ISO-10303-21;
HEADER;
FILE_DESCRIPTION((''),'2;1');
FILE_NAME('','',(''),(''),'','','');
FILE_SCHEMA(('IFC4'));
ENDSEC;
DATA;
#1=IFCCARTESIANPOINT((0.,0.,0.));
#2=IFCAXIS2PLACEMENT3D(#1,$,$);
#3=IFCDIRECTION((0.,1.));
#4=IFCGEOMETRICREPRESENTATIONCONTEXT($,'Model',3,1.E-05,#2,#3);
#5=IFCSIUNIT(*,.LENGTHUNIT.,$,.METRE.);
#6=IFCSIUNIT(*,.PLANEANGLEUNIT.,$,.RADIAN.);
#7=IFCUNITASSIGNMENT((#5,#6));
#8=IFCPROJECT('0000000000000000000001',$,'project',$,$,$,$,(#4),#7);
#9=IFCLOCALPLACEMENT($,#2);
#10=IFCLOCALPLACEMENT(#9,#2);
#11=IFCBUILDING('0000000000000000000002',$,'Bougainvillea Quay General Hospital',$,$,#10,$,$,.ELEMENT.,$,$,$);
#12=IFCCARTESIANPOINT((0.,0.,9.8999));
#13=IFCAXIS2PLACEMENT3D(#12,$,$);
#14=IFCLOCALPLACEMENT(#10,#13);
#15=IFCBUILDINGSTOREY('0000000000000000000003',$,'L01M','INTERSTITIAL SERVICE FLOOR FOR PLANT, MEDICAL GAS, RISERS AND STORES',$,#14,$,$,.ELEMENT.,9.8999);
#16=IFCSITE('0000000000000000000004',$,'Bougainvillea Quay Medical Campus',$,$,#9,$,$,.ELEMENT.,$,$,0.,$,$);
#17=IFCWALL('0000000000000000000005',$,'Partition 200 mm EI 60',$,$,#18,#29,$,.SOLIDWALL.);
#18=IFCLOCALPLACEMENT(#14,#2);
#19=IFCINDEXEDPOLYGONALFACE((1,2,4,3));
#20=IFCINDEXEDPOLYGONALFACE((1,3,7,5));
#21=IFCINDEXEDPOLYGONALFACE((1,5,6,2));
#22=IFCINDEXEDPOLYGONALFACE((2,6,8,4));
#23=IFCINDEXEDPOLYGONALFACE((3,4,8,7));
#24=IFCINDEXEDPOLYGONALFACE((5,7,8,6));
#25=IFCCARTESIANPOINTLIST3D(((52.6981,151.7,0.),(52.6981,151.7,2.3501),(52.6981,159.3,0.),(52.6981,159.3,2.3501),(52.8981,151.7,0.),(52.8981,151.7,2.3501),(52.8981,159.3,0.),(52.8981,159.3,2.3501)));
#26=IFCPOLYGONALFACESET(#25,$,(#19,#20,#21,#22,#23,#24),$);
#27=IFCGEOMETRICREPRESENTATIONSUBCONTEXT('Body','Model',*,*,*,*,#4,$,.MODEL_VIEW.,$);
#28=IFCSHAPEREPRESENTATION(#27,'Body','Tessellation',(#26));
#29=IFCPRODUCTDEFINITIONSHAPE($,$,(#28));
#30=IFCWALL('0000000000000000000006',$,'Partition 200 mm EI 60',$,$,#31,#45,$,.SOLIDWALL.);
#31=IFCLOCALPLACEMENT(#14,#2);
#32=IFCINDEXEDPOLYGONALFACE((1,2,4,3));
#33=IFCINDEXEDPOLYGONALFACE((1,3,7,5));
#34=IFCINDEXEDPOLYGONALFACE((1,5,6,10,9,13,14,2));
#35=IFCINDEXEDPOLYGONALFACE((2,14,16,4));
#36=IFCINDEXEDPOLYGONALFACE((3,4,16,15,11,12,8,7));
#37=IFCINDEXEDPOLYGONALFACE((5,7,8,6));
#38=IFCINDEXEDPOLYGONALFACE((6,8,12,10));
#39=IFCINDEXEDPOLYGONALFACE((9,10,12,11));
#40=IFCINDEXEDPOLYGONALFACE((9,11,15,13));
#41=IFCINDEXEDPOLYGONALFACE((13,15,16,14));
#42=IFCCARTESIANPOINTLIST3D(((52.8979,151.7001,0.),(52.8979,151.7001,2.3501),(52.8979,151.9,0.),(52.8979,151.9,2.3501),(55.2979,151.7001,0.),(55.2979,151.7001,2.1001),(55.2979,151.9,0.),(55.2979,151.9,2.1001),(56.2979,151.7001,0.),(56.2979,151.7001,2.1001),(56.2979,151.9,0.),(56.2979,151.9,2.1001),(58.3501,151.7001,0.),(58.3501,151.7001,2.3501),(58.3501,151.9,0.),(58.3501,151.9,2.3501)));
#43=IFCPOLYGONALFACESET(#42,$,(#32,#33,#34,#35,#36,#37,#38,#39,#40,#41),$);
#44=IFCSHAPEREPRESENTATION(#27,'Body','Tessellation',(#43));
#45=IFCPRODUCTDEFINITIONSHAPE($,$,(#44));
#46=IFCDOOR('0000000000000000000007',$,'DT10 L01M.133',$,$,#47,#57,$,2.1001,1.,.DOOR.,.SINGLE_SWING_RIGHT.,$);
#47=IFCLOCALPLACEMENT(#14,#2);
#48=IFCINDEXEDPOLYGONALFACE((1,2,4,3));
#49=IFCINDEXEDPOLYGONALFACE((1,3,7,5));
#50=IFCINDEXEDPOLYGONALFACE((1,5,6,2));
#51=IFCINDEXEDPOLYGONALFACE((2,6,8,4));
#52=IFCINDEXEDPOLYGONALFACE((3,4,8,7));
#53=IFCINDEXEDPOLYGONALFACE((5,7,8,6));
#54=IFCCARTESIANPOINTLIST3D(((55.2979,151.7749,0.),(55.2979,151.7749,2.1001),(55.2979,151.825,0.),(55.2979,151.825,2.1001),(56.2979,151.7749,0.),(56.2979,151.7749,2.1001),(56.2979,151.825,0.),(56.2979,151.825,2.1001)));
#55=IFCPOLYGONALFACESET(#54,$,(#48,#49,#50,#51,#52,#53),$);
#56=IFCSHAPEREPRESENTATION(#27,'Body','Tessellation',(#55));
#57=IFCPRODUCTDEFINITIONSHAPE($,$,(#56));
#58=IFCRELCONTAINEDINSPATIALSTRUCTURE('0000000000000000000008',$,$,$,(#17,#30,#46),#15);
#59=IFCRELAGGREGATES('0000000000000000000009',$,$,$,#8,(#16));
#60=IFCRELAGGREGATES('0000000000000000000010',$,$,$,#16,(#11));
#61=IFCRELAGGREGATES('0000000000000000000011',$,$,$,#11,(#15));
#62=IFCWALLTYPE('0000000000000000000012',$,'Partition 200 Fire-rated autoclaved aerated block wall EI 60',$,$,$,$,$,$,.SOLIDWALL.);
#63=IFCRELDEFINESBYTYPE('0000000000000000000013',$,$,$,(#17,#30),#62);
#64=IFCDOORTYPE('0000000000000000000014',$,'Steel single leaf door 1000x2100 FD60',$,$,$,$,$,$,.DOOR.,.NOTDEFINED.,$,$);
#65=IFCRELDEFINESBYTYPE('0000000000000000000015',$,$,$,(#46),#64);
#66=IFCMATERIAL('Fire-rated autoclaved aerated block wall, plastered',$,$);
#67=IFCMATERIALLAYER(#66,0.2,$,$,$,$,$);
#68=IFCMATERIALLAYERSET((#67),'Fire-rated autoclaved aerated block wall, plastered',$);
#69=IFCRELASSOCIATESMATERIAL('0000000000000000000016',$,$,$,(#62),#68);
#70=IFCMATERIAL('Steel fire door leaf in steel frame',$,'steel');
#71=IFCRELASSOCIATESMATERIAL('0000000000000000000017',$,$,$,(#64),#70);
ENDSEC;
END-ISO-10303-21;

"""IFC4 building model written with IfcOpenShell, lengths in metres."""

from ifc_helpers import new_model, si_unit, direction, frame, frame_2d, origin, place, context, subcontext, project, spatial, rectangle, extrude, material, layer, layer_set, type_object, element, fill, save


model = new_model("IFC4")

# Units and contexts
model_context = context("Model", 3, precision=1e-05, world=origin(), true_north=direction((0.0, 1.0)))
body_context = subcontext(model_context, "Body", "Model", "MODEL_VIEW")
ifc_project = project(units=[si_unit("LENGTHUNIT", "METRE"), si_unit("PLANEANGLEUNIT", "RADIAN")], contexts=[model_context])

# Site, building, storey
site_placement = place(None, origin())
site = spatial("IfcSite", under=ifc_project, at=site_placement, Name="Bougainvillea Quay Medical Campus", CompositionType="ELEMENT", RefElevation=0.0)
building_placement = place(site_placement, origin())
building = spatial("IfcBuilding", under=site, at=building_placement, Name="Bougainvillea Quay General Hospital", CompositionType="ELEMENT")
storey_placement = place(building_placement, frame((0.0, 0.0, 9.8999)))
storey = spatial("IfcBuildingStorey", under=building, at=storey_placement, Name="L01M", Description="INTERSTITIAL SERVICE FLOOR FOR PLANT, MEDICAL GAS, RISERS AND STORES", CompositionType="ELEMENT", Elevation=9.8999)

# Shared definitions
ifc_material_1 = material(Name="Fire-rated autoclaved aerated block wall, plastered")
ifc_material_2 = material(Name="Steel fire door leaf in steel frame", Category="steel")

# Wall
ifc_layer_1 = layer(ifc_material_1, 0.2)
ifc_layer_set_1 = layer_set([ifc_layer_1], Name="Fire-rated autoclaved aerated block wall, plastered")
wall_type_1 = type_object("IfcWallType", Name="Partition 200 Fire-rated autoclaved aerated block wall EI 60", PredefinedType="SOLIDWALL", material=ifc_layer_set_1)
wall_1_placement = place(storey_placement, frame((52.7981, 151.7, 0.0), z_axis=(0.0, 0.0, 1.0), x_axis=(0.0, 1.0, 0.0)))
element("IfcWall", 1, at=wall_1_placement, inside=storey, type_object=wall_type_1, Name="Partition 200 mm EI 60", PredefinedType="SOLIDWALL", context=body_context, shape_type="SweptSolid", body=[
    extrude(rectangle(XDim=7.6001, YDim=0.2, at=frame_2d((3.8, 0.0))), origin(), (0.0, 0.0, 1.0), 2.3501),
])

# Wall, opening, door
wall_2_placement = place(storey_placement, frame((52.8979, 151.8, 0.0), z_axis=(0.0, 0.0, 1.0), x_axis=(1.0, 0.0, 0.0)))
wall_2 = element("IfcWall", 2, at=wall_2_placement, inside=storey, type_object=wall_type_1, Name="Partition 200 mm EI 60", PredefinedType="SOLIDWALL", context=body_context, shape_type="SweptSolid", body=[
    extrude(rectangle(XDim=5.4521, YDim=0.2, at=frame_2d((2.7261, 0.0))), origin(), (0.0, 0.0, 1.0), 2.3501),
])
opening_1_placement = place(wall_2_placement, frame((2.3999, 0.0, 0.0)))
opening_1 = element("IfcOpeningElement", 3, at=opening_1_placement, cuts=wall_2, PredefinedType="OPENING", context=body_context, shape_type="SweptSolid", body=[
    extrude(rectangle(XDim=1.0, YDim=2.1001, at=frame_2d((0.5, 1.05))), frame((0.0, 0.1099, 0.0), z_axis=(0.0, -1.0, 0.0), x_axis=(1.0, 0.0, 0.0)), (0.0, 0.0, 1.0), 0.22),
])
door_type_1 = type_object("IfcDoorType", Name="Steel single leaf door 1000x2100 FD60", OperationType="NOTDEFINED", PredefinedType="DOOR", material=ifc_material_2)
door_1_placement = place(opening_1_placement, origin())
door_1 = element("IfcDoor", 4, at=door_1_placement, inside=storey, type_object=door_type_1, Name="DT10 L01M.133", OperationType="SINGLE_SWING_RIGHT", OverallHeight=2.1001, OverallWidth=1.0, PredefinedType="DOOR", context=body_context, shape_type="SweptSolid", body=[
    extrude(rectangle(XDim=1.0, YDim=2.1001, at=frame_2d((0.5, 1.05))), frame((0.0, 0.0249, 0.0), z_axis=(0.0, -1.0, 0.0), x_axis=(1.0, 0.0, 0.0)), (0.0, 0.0, 1.0), 0.05),
])
fill(opening_1, door_1)

save(model, "model.ifc")
